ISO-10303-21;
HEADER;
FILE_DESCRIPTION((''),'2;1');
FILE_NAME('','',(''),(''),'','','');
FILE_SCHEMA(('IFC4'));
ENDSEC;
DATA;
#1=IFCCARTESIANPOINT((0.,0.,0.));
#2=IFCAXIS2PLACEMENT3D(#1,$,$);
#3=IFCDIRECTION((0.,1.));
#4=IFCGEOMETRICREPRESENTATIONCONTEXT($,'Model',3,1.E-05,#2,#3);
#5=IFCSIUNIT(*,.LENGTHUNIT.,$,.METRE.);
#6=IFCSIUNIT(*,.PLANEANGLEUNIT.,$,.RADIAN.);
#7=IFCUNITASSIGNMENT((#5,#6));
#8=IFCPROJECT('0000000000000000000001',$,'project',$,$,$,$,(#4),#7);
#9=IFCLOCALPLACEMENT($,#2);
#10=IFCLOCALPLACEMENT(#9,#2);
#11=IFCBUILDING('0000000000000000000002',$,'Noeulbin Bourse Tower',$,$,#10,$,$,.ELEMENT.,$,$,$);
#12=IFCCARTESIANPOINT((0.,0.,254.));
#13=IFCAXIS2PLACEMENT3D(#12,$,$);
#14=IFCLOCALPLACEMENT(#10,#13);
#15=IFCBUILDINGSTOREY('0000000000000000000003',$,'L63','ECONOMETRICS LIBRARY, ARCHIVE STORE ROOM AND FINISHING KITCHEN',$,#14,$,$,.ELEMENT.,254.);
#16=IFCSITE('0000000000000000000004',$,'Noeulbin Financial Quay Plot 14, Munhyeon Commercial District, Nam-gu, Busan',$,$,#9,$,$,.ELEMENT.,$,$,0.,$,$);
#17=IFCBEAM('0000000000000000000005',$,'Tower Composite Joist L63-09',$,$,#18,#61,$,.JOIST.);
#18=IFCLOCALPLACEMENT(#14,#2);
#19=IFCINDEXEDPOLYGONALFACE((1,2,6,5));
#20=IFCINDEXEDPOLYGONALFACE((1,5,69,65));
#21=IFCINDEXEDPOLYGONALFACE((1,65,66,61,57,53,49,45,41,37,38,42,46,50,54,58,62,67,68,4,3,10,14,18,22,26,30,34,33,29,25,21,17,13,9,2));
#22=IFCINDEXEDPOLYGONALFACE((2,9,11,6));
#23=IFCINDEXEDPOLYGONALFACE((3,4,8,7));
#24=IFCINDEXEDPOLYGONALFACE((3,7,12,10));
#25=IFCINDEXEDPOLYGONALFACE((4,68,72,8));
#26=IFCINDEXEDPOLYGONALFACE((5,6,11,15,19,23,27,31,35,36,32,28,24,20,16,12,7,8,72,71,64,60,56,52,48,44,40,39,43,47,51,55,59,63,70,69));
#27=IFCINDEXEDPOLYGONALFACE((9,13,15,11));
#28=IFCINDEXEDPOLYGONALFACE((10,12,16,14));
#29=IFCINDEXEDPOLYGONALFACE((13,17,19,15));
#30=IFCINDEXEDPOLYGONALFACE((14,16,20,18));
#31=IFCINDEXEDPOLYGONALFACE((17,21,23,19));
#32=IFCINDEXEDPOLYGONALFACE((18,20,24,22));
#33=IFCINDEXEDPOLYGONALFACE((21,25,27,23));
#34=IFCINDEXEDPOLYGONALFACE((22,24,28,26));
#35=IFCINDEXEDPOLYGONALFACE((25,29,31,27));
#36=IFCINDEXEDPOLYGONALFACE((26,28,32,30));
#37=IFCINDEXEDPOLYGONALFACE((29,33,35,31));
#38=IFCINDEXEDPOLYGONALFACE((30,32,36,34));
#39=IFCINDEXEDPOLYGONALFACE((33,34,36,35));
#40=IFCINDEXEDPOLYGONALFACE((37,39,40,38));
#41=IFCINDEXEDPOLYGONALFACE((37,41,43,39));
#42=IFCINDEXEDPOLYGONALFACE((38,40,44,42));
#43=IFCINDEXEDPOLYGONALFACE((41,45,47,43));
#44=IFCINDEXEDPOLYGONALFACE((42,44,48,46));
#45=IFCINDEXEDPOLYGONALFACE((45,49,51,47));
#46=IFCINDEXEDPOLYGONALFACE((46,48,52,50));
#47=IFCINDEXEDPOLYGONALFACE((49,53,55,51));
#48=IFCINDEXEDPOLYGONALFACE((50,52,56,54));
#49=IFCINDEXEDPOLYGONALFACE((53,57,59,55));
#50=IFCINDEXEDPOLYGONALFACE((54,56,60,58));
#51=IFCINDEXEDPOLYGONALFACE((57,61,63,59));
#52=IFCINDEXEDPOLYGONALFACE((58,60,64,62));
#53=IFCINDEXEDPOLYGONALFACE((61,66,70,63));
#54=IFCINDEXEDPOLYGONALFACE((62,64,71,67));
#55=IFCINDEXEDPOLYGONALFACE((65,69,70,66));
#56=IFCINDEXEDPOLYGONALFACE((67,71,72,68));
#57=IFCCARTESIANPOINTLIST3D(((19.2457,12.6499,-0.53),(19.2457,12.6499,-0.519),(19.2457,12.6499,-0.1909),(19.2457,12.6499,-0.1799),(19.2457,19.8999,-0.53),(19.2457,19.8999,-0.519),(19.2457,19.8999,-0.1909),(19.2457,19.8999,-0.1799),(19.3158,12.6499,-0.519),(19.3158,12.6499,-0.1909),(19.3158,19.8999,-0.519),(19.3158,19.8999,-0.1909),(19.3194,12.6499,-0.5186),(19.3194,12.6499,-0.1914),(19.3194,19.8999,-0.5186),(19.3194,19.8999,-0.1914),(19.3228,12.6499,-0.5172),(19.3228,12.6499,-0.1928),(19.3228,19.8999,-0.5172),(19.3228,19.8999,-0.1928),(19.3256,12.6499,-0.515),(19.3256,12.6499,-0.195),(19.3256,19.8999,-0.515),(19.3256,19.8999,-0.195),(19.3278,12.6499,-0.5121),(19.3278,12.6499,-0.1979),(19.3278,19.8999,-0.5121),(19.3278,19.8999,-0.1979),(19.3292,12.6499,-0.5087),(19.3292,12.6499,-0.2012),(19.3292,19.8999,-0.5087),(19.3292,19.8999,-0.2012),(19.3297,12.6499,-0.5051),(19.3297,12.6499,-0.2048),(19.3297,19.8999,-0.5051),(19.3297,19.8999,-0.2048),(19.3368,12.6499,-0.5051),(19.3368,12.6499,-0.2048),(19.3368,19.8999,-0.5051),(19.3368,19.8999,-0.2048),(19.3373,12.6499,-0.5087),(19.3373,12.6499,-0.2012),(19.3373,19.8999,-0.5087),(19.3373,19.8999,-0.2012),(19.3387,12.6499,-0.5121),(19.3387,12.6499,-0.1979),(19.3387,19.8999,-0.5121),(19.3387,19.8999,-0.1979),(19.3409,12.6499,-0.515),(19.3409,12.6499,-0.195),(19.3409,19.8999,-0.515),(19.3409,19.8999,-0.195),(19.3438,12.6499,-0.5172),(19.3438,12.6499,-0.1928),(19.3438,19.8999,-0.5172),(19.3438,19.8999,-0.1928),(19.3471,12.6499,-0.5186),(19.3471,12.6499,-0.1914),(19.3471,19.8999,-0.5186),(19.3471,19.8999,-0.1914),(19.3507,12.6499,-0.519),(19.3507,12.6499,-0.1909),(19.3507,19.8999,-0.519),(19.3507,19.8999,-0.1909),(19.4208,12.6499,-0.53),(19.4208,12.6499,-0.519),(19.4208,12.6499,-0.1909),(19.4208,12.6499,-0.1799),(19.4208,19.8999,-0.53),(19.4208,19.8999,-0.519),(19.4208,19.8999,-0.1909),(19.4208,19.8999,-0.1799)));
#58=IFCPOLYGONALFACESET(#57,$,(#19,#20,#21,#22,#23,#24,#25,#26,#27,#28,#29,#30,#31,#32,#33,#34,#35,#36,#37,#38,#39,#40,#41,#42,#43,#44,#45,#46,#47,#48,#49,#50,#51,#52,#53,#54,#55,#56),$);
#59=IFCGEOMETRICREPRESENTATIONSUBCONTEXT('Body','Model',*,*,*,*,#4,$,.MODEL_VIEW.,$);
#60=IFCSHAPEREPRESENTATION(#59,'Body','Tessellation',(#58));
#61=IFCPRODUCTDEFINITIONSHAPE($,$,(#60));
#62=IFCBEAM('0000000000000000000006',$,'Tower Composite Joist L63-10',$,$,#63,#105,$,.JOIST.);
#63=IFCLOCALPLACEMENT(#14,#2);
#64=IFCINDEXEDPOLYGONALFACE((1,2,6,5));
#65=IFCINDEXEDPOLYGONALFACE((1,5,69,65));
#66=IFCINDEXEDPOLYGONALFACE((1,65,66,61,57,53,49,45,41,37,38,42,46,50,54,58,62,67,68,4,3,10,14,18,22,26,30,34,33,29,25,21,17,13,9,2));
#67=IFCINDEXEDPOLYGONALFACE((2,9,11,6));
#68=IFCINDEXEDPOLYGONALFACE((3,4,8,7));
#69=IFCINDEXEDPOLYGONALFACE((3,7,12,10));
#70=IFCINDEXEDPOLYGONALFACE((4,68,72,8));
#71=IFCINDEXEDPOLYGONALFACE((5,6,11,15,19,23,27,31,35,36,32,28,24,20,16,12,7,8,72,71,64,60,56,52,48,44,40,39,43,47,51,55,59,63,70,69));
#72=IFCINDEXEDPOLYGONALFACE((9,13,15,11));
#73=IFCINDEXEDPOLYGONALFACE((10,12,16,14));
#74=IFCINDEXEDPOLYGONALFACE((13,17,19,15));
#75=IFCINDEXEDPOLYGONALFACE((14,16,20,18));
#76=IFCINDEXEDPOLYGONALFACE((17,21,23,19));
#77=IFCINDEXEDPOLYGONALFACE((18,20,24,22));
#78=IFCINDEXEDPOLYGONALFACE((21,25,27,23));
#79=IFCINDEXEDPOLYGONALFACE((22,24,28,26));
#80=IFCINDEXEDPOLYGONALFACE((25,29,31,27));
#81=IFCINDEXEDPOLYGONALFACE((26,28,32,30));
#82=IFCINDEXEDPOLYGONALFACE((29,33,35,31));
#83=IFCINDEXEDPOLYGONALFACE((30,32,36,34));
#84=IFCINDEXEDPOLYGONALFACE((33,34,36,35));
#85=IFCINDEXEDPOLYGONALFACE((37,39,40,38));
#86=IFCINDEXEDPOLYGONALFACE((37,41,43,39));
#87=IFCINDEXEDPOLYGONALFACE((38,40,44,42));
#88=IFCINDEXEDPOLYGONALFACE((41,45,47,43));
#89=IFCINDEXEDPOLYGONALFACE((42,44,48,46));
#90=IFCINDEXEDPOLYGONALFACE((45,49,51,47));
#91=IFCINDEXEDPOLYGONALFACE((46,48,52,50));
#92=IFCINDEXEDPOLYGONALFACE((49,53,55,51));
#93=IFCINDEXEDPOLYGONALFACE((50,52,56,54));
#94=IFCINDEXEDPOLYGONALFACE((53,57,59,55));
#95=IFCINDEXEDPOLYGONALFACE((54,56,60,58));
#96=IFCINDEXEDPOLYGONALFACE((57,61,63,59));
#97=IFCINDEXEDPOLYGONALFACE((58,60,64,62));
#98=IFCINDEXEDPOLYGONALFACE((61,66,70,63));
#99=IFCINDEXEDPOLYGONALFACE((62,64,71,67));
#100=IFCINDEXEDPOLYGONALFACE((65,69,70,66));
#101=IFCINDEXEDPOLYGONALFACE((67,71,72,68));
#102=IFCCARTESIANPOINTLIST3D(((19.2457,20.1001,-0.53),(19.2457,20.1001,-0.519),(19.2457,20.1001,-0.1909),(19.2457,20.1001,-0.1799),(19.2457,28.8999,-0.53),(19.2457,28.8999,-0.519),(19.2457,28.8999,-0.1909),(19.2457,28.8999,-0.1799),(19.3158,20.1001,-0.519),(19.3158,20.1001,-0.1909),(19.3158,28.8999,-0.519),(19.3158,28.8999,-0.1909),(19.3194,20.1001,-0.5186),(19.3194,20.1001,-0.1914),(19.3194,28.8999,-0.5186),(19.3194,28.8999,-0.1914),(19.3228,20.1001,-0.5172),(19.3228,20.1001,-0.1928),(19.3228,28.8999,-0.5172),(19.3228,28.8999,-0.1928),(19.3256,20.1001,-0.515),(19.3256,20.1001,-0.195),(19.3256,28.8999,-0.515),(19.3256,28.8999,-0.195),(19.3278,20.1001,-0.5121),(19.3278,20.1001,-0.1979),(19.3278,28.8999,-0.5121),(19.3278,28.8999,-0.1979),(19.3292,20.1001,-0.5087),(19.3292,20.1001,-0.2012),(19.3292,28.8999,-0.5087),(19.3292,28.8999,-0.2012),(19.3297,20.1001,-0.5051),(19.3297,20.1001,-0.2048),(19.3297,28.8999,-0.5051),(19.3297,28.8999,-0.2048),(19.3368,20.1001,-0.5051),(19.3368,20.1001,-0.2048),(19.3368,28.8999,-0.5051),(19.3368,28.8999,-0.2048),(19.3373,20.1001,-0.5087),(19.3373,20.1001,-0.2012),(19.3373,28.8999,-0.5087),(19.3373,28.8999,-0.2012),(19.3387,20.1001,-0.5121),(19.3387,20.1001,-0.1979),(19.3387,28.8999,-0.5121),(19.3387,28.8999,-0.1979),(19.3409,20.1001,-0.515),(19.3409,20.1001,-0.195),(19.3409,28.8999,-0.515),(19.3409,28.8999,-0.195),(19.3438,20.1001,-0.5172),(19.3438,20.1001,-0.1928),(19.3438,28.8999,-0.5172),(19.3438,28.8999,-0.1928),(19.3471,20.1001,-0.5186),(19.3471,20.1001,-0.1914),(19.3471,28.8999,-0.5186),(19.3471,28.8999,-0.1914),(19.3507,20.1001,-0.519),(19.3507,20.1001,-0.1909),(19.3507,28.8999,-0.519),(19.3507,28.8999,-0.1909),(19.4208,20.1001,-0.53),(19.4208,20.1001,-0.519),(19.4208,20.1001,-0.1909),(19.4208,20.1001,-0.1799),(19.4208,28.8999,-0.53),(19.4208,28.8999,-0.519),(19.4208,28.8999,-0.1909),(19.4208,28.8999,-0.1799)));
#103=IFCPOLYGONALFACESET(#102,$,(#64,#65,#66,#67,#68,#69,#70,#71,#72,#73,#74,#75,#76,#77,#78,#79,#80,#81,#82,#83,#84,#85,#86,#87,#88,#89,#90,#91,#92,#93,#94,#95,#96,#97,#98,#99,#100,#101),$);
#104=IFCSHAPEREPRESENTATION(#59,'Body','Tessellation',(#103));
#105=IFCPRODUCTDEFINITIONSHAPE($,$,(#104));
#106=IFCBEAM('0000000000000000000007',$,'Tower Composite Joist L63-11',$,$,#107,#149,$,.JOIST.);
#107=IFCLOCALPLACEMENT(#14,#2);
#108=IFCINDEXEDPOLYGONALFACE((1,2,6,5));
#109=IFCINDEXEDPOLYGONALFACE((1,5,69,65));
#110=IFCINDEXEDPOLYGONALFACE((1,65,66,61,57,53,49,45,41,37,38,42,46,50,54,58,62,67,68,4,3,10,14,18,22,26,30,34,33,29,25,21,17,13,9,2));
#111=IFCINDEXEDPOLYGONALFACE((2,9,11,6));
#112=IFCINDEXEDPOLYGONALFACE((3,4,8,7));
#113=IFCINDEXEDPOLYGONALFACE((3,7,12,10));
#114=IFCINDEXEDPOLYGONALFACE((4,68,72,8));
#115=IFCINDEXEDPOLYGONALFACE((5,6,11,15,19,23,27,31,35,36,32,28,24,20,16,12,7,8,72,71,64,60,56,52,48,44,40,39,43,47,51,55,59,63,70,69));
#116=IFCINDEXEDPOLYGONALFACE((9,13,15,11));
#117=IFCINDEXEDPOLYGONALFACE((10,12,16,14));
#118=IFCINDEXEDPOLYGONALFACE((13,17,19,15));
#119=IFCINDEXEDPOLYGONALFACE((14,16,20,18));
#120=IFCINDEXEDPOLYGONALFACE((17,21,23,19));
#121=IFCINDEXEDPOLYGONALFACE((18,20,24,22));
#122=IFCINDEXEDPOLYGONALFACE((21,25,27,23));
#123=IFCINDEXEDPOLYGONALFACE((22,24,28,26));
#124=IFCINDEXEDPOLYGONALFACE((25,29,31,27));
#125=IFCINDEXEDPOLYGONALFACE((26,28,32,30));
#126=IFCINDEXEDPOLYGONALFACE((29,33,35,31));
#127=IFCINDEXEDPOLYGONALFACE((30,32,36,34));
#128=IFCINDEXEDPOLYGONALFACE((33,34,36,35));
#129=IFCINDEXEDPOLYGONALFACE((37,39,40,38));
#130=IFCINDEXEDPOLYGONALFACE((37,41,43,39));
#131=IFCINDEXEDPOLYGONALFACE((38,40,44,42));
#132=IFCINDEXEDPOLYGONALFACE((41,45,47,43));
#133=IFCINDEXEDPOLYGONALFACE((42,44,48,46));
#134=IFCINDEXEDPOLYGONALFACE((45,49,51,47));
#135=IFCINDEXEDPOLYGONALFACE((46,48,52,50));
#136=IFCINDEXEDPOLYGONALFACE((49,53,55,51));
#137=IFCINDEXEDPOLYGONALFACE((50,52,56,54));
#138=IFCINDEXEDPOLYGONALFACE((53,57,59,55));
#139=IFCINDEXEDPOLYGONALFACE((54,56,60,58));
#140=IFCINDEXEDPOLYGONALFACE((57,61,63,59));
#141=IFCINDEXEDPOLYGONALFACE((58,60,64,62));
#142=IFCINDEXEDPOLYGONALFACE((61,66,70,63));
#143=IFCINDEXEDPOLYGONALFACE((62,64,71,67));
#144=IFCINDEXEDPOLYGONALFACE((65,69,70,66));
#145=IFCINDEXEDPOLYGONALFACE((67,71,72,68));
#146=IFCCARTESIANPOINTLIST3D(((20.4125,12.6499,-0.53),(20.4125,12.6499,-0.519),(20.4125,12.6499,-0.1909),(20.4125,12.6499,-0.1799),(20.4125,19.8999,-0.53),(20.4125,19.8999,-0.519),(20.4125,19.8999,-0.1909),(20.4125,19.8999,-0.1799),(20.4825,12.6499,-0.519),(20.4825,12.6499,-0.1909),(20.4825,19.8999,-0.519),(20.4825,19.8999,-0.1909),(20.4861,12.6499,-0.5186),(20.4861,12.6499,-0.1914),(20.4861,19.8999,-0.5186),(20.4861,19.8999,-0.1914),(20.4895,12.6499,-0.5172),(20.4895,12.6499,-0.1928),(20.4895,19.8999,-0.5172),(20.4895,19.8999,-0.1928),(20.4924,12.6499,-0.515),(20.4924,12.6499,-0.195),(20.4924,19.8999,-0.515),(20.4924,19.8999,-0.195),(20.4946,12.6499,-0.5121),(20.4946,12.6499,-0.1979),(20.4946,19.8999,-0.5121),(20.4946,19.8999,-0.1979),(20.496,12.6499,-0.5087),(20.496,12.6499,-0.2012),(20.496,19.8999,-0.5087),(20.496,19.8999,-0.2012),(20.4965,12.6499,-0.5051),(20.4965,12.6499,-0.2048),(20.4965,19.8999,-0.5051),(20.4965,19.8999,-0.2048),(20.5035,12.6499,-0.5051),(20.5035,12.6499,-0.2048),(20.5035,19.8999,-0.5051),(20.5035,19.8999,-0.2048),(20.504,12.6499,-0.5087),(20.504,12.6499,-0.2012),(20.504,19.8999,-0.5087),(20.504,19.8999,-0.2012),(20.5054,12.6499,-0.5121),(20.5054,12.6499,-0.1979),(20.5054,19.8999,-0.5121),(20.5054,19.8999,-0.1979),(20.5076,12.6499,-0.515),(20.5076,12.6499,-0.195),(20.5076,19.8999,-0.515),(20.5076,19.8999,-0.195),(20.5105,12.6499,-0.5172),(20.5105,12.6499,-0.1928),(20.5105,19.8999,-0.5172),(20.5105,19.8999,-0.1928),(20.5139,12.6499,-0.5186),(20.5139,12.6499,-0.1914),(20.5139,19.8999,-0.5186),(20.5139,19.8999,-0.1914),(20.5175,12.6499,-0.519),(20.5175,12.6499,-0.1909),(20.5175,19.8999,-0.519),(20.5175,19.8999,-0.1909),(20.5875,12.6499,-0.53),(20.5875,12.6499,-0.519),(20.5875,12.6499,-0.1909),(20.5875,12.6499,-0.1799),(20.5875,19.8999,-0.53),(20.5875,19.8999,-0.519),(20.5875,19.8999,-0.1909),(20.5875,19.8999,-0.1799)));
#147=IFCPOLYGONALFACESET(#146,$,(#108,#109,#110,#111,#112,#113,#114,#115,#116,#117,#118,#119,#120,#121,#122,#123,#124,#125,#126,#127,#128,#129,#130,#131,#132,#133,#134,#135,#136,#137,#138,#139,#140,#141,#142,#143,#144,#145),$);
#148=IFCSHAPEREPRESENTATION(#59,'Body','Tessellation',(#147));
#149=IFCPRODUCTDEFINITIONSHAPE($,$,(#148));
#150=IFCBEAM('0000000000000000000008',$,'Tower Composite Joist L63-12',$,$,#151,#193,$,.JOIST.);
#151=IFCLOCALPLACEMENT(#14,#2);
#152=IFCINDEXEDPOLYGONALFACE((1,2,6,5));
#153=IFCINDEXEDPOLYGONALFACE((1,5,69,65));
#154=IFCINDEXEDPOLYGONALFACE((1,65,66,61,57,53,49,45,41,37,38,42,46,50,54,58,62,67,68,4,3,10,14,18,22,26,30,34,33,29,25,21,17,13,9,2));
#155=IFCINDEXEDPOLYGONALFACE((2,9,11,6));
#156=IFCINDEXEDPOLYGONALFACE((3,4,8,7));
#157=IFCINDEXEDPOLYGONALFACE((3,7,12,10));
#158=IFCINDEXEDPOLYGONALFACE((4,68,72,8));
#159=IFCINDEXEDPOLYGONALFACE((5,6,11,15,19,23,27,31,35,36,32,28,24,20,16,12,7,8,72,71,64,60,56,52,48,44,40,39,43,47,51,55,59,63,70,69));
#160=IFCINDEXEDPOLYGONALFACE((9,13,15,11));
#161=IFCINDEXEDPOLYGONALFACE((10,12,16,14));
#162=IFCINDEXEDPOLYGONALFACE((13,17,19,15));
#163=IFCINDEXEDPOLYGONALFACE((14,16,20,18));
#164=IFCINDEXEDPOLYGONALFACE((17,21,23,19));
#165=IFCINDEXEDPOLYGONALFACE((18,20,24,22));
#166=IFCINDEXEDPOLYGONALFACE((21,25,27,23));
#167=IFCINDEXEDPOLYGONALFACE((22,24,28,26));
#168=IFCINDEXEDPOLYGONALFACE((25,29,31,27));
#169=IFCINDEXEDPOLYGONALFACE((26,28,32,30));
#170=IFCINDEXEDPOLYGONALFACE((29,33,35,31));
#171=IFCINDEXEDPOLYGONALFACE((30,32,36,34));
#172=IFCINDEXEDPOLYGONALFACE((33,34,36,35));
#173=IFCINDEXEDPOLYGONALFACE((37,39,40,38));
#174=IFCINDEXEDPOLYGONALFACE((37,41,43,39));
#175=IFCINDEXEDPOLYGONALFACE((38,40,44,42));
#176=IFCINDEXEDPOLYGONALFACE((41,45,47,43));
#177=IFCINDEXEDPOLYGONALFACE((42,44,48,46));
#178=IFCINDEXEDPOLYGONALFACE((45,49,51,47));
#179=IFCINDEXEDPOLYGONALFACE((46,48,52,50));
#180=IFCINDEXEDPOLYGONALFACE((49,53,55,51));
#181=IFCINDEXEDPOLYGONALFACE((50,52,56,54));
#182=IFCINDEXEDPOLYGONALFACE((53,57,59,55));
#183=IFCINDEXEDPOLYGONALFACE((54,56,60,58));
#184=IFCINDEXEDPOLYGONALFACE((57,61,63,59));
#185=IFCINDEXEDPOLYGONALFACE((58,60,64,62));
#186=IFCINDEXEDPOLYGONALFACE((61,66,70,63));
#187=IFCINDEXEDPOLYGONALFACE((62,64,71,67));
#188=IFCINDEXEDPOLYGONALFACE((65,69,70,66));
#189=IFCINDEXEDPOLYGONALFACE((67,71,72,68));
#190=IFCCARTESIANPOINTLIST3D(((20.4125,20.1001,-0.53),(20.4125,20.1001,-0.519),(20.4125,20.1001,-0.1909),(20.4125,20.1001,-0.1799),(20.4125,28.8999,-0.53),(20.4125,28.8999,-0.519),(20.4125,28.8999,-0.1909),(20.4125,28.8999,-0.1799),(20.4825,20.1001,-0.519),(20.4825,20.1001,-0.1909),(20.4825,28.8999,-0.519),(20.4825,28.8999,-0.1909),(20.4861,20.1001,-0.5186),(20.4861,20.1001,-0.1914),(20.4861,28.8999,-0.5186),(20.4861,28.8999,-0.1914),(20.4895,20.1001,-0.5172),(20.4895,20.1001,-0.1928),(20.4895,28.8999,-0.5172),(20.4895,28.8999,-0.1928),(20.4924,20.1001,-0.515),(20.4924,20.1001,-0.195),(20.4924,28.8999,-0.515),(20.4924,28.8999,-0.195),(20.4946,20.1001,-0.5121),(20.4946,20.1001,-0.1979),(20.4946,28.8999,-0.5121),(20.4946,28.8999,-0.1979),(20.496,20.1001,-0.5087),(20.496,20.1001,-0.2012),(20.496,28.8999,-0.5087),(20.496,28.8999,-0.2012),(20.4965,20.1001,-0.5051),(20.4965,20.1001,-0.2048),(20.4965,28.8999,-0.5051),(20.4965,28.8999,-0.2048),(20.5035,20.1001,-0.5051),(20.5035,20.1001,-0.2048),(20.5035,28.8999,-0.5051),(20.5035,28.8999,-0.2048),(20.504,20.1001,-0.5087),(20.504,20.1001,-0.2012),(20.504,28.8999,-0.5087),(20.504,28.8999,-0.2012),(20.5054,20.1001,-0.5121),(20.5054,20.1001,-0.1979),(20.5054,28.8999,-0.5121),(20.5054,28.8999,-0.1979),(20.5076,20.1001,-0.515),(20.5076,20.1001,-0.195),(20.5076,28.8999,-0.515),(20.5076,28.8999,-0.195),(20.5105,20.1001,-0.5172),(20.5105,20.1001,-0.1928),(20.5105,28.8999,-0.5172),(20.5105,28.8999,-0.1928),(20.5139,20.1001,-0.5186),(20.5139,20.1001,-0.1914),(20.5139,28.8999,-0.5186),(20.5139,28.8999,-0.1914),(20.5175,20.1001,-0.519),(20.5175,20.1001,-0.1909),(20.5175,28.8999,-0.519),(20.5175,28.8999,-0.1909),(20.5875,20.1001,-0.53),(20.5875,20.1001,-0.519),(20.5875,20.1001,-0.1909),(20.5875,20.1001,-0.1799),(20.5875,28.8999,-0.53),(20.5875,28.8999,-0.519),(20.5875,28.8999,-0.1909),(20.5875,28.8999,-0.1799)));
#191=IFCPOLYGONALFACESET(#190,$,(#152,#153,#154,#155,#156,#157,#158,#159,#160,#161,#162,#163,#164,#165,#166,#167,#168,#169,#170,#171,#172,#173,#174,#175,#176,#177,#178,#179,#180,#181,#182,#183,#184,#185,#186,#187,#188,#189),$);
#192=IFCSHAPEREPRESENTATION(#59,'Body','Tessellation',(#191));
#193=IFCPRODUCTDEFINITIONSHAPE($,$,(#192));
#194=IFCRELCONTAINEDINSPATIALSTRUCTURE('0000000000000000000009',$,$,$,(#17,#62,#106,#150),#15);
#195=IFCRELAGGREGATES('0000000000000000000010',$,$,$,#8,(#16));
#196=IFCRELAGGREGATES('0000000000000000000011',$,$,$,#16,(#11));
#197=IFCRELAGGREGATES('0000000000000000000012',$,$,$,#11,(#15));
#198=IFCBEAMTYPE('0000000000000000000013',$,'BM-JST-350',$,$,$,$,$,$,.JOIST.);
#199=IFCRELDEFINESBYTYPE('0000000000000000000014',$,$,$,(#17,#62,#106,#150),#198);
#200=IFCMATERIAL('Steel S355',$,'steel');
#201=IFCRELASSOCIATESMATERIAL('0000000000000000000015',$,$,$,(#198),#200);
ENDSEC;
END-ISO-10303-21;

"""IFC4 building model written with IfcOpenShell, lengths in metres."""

from ifc_helpers import new_model, si_unit, direction, frame, origin, origin_2d, place, context, subcontext, project, spatial, i_section, extrude, material, material_profile, profile_set, type_object, element, save


model = new_model("IFC4")

# Units and contexts
model_context = context("Model", 3, precision=1e-05, world=origin(), true_north=direction((0.0, 1.0)))
body_context = subcontext(model_context, "Body", "Model", "MODEL_VIEW")
ifc_project = project(units=[si_unit("LENGTHUNIT", "METRE"), si_unit("PLANEANGLEUNIT", "RADIAN")], contexts=[model_context])

# Site, building, storey
site_placement = place(None, origin())
site = spatial("IfcSite", under=ifc_project, at=site_placement, Name="Noeulbin Financial Quay Plot 14, Munhyeon Commercial District, Nam-gu, Busan", CompositionType="ELEMENT", RefElevation=0.0)
building_placement = place(site_placement, origin())
building = spatial("IfcBuilding", under=site, at=building_placement, Name="Noeulbin Bourse Tower", CompositionType="ELEMENT")
storey_placement = place(building_placement, frame((0.0, 0.0, 254.0)))
storey = spatial("IfcBuildingStorey", under=building, at=storey_placement, Name="L63", Description="ECONOMETRICS LIBRARY, ARCHIVE STORE ROOM AND FINISHING KITCHEN", CompositionType="ELEMENT", Elevation=254.0)

# Shared definitions
ifc_material_1 = material(Name="Steel S355", Category="steel")

# Beams
ifc_material_profile_1 = material_profile(ifc_material_1, i_section(OverallWidth=0.175, OverallDepth=0.3501, WebThickness=0.0071, FlangeThickness=0.011, FilletRadius=0.0139, at=origin_2d()), Name="H-350x175x7x11", Category="LoadBearing")
ifc_profile_set_1 = profile_set([ifc_material_profile_1], Name="Steel S355")
beam_type_1 = type_object("IfcBeamType", Name="BM-JST-350", PredefinedType="JOIST", material=ifc_profile_set_1)
beam_1_placement = place(storey_placement, frame((19.3333, 12.6499, -0.355), z_axis=(0.0, 1.0, 0.0), x_axis=(-1.0, 0.0, 0.0)))
element("IfcBeam", 1, at=beam_1_placement, inside=storey, type_object=beam_type_1, Name="Tower Composite Joist L63-09", PredefinedType="JOIST", context=body_context, shape_type="SweptSolid", body=[
    extrude(i_section(OverallWidth=0.175, OverallDepth=0.3501, WebThickness=0.0071, FlangeThickness=0.011, FilletRadius=0.0139, at=origin_2d()), origin(), (0.0, 0.0, 1.0), 7.25),
])
beam_2_placement = place(storey_placement, frame((19.3333, 20.1001, -0.355), z_axis=(0.0, 1.0, 0.0), x_axis=(-1.0, 0.0, 0.0)))
element("IfcBeam", 2, at=beam_2_placement, inside=storey, type_object=beam_type_1, Name="Tower Composite Joist L63-10", PredefinedType="JOIST", context=body_context, shape_type="SweptSolid", body=[
    extrude(i_section(OverallWidth=0.175, OverallDepth=0.3501, WebThickness=0.0071, FlangeThickness=0.011, FilletRadius=0.0139, at=origin_2d()), origin(), (0.0, 0.0, 1.0), 8.7998),
])
beam_3_placement = place(storey_placement, frame((20.5, 12.6499, -0.355), z_axis=(0.0, 1.0, 0.0), x_axis=(-1.0, 0.0, 0.0)))
element("IfcBeam", 3, at=beam_3_placement, inside=storey, type_object=beam_type_1, Name="Tower Composite Joist L63-11", PredefinedType="JOIST", context=body_context, shape_type="SweptSolid", body=[
    extrude(i_section(OverallWidth=0.175, OverallDepth=0.3501, WebThickness=0.0071, FlangeThickness=0.011, FilletRadius=0.0139, at=origin_2d()), origin(), (0.0, 0.0, 1.0), 7.25),
])
beam_4_placement = place(storey_placement, frame((20.5, 20.1001, -0.355), z_axis=(0.0, 1.0, 0.0), x_axis=(-1.0, 0.0, 0.0)))
element("IfcBeam", 4, at=beam_4_placement, inside=storey, type_object=beam_type_1, Name="Tower Composite Joist L63-12", PredefinedType="JOIST", context=body_context, shape_type="SweptSolid", body=[
    extrude(i_section(OverallWidth=0.175, OverallDepth=0.3501, WebThickness=0.0071, FlangeThickness=0.011, FilletRadius=0.0139, at=origin_2d()), origin(), (0.0, 0.0, 1.0), 8.7998),
])

save(model, "model.ifc")
